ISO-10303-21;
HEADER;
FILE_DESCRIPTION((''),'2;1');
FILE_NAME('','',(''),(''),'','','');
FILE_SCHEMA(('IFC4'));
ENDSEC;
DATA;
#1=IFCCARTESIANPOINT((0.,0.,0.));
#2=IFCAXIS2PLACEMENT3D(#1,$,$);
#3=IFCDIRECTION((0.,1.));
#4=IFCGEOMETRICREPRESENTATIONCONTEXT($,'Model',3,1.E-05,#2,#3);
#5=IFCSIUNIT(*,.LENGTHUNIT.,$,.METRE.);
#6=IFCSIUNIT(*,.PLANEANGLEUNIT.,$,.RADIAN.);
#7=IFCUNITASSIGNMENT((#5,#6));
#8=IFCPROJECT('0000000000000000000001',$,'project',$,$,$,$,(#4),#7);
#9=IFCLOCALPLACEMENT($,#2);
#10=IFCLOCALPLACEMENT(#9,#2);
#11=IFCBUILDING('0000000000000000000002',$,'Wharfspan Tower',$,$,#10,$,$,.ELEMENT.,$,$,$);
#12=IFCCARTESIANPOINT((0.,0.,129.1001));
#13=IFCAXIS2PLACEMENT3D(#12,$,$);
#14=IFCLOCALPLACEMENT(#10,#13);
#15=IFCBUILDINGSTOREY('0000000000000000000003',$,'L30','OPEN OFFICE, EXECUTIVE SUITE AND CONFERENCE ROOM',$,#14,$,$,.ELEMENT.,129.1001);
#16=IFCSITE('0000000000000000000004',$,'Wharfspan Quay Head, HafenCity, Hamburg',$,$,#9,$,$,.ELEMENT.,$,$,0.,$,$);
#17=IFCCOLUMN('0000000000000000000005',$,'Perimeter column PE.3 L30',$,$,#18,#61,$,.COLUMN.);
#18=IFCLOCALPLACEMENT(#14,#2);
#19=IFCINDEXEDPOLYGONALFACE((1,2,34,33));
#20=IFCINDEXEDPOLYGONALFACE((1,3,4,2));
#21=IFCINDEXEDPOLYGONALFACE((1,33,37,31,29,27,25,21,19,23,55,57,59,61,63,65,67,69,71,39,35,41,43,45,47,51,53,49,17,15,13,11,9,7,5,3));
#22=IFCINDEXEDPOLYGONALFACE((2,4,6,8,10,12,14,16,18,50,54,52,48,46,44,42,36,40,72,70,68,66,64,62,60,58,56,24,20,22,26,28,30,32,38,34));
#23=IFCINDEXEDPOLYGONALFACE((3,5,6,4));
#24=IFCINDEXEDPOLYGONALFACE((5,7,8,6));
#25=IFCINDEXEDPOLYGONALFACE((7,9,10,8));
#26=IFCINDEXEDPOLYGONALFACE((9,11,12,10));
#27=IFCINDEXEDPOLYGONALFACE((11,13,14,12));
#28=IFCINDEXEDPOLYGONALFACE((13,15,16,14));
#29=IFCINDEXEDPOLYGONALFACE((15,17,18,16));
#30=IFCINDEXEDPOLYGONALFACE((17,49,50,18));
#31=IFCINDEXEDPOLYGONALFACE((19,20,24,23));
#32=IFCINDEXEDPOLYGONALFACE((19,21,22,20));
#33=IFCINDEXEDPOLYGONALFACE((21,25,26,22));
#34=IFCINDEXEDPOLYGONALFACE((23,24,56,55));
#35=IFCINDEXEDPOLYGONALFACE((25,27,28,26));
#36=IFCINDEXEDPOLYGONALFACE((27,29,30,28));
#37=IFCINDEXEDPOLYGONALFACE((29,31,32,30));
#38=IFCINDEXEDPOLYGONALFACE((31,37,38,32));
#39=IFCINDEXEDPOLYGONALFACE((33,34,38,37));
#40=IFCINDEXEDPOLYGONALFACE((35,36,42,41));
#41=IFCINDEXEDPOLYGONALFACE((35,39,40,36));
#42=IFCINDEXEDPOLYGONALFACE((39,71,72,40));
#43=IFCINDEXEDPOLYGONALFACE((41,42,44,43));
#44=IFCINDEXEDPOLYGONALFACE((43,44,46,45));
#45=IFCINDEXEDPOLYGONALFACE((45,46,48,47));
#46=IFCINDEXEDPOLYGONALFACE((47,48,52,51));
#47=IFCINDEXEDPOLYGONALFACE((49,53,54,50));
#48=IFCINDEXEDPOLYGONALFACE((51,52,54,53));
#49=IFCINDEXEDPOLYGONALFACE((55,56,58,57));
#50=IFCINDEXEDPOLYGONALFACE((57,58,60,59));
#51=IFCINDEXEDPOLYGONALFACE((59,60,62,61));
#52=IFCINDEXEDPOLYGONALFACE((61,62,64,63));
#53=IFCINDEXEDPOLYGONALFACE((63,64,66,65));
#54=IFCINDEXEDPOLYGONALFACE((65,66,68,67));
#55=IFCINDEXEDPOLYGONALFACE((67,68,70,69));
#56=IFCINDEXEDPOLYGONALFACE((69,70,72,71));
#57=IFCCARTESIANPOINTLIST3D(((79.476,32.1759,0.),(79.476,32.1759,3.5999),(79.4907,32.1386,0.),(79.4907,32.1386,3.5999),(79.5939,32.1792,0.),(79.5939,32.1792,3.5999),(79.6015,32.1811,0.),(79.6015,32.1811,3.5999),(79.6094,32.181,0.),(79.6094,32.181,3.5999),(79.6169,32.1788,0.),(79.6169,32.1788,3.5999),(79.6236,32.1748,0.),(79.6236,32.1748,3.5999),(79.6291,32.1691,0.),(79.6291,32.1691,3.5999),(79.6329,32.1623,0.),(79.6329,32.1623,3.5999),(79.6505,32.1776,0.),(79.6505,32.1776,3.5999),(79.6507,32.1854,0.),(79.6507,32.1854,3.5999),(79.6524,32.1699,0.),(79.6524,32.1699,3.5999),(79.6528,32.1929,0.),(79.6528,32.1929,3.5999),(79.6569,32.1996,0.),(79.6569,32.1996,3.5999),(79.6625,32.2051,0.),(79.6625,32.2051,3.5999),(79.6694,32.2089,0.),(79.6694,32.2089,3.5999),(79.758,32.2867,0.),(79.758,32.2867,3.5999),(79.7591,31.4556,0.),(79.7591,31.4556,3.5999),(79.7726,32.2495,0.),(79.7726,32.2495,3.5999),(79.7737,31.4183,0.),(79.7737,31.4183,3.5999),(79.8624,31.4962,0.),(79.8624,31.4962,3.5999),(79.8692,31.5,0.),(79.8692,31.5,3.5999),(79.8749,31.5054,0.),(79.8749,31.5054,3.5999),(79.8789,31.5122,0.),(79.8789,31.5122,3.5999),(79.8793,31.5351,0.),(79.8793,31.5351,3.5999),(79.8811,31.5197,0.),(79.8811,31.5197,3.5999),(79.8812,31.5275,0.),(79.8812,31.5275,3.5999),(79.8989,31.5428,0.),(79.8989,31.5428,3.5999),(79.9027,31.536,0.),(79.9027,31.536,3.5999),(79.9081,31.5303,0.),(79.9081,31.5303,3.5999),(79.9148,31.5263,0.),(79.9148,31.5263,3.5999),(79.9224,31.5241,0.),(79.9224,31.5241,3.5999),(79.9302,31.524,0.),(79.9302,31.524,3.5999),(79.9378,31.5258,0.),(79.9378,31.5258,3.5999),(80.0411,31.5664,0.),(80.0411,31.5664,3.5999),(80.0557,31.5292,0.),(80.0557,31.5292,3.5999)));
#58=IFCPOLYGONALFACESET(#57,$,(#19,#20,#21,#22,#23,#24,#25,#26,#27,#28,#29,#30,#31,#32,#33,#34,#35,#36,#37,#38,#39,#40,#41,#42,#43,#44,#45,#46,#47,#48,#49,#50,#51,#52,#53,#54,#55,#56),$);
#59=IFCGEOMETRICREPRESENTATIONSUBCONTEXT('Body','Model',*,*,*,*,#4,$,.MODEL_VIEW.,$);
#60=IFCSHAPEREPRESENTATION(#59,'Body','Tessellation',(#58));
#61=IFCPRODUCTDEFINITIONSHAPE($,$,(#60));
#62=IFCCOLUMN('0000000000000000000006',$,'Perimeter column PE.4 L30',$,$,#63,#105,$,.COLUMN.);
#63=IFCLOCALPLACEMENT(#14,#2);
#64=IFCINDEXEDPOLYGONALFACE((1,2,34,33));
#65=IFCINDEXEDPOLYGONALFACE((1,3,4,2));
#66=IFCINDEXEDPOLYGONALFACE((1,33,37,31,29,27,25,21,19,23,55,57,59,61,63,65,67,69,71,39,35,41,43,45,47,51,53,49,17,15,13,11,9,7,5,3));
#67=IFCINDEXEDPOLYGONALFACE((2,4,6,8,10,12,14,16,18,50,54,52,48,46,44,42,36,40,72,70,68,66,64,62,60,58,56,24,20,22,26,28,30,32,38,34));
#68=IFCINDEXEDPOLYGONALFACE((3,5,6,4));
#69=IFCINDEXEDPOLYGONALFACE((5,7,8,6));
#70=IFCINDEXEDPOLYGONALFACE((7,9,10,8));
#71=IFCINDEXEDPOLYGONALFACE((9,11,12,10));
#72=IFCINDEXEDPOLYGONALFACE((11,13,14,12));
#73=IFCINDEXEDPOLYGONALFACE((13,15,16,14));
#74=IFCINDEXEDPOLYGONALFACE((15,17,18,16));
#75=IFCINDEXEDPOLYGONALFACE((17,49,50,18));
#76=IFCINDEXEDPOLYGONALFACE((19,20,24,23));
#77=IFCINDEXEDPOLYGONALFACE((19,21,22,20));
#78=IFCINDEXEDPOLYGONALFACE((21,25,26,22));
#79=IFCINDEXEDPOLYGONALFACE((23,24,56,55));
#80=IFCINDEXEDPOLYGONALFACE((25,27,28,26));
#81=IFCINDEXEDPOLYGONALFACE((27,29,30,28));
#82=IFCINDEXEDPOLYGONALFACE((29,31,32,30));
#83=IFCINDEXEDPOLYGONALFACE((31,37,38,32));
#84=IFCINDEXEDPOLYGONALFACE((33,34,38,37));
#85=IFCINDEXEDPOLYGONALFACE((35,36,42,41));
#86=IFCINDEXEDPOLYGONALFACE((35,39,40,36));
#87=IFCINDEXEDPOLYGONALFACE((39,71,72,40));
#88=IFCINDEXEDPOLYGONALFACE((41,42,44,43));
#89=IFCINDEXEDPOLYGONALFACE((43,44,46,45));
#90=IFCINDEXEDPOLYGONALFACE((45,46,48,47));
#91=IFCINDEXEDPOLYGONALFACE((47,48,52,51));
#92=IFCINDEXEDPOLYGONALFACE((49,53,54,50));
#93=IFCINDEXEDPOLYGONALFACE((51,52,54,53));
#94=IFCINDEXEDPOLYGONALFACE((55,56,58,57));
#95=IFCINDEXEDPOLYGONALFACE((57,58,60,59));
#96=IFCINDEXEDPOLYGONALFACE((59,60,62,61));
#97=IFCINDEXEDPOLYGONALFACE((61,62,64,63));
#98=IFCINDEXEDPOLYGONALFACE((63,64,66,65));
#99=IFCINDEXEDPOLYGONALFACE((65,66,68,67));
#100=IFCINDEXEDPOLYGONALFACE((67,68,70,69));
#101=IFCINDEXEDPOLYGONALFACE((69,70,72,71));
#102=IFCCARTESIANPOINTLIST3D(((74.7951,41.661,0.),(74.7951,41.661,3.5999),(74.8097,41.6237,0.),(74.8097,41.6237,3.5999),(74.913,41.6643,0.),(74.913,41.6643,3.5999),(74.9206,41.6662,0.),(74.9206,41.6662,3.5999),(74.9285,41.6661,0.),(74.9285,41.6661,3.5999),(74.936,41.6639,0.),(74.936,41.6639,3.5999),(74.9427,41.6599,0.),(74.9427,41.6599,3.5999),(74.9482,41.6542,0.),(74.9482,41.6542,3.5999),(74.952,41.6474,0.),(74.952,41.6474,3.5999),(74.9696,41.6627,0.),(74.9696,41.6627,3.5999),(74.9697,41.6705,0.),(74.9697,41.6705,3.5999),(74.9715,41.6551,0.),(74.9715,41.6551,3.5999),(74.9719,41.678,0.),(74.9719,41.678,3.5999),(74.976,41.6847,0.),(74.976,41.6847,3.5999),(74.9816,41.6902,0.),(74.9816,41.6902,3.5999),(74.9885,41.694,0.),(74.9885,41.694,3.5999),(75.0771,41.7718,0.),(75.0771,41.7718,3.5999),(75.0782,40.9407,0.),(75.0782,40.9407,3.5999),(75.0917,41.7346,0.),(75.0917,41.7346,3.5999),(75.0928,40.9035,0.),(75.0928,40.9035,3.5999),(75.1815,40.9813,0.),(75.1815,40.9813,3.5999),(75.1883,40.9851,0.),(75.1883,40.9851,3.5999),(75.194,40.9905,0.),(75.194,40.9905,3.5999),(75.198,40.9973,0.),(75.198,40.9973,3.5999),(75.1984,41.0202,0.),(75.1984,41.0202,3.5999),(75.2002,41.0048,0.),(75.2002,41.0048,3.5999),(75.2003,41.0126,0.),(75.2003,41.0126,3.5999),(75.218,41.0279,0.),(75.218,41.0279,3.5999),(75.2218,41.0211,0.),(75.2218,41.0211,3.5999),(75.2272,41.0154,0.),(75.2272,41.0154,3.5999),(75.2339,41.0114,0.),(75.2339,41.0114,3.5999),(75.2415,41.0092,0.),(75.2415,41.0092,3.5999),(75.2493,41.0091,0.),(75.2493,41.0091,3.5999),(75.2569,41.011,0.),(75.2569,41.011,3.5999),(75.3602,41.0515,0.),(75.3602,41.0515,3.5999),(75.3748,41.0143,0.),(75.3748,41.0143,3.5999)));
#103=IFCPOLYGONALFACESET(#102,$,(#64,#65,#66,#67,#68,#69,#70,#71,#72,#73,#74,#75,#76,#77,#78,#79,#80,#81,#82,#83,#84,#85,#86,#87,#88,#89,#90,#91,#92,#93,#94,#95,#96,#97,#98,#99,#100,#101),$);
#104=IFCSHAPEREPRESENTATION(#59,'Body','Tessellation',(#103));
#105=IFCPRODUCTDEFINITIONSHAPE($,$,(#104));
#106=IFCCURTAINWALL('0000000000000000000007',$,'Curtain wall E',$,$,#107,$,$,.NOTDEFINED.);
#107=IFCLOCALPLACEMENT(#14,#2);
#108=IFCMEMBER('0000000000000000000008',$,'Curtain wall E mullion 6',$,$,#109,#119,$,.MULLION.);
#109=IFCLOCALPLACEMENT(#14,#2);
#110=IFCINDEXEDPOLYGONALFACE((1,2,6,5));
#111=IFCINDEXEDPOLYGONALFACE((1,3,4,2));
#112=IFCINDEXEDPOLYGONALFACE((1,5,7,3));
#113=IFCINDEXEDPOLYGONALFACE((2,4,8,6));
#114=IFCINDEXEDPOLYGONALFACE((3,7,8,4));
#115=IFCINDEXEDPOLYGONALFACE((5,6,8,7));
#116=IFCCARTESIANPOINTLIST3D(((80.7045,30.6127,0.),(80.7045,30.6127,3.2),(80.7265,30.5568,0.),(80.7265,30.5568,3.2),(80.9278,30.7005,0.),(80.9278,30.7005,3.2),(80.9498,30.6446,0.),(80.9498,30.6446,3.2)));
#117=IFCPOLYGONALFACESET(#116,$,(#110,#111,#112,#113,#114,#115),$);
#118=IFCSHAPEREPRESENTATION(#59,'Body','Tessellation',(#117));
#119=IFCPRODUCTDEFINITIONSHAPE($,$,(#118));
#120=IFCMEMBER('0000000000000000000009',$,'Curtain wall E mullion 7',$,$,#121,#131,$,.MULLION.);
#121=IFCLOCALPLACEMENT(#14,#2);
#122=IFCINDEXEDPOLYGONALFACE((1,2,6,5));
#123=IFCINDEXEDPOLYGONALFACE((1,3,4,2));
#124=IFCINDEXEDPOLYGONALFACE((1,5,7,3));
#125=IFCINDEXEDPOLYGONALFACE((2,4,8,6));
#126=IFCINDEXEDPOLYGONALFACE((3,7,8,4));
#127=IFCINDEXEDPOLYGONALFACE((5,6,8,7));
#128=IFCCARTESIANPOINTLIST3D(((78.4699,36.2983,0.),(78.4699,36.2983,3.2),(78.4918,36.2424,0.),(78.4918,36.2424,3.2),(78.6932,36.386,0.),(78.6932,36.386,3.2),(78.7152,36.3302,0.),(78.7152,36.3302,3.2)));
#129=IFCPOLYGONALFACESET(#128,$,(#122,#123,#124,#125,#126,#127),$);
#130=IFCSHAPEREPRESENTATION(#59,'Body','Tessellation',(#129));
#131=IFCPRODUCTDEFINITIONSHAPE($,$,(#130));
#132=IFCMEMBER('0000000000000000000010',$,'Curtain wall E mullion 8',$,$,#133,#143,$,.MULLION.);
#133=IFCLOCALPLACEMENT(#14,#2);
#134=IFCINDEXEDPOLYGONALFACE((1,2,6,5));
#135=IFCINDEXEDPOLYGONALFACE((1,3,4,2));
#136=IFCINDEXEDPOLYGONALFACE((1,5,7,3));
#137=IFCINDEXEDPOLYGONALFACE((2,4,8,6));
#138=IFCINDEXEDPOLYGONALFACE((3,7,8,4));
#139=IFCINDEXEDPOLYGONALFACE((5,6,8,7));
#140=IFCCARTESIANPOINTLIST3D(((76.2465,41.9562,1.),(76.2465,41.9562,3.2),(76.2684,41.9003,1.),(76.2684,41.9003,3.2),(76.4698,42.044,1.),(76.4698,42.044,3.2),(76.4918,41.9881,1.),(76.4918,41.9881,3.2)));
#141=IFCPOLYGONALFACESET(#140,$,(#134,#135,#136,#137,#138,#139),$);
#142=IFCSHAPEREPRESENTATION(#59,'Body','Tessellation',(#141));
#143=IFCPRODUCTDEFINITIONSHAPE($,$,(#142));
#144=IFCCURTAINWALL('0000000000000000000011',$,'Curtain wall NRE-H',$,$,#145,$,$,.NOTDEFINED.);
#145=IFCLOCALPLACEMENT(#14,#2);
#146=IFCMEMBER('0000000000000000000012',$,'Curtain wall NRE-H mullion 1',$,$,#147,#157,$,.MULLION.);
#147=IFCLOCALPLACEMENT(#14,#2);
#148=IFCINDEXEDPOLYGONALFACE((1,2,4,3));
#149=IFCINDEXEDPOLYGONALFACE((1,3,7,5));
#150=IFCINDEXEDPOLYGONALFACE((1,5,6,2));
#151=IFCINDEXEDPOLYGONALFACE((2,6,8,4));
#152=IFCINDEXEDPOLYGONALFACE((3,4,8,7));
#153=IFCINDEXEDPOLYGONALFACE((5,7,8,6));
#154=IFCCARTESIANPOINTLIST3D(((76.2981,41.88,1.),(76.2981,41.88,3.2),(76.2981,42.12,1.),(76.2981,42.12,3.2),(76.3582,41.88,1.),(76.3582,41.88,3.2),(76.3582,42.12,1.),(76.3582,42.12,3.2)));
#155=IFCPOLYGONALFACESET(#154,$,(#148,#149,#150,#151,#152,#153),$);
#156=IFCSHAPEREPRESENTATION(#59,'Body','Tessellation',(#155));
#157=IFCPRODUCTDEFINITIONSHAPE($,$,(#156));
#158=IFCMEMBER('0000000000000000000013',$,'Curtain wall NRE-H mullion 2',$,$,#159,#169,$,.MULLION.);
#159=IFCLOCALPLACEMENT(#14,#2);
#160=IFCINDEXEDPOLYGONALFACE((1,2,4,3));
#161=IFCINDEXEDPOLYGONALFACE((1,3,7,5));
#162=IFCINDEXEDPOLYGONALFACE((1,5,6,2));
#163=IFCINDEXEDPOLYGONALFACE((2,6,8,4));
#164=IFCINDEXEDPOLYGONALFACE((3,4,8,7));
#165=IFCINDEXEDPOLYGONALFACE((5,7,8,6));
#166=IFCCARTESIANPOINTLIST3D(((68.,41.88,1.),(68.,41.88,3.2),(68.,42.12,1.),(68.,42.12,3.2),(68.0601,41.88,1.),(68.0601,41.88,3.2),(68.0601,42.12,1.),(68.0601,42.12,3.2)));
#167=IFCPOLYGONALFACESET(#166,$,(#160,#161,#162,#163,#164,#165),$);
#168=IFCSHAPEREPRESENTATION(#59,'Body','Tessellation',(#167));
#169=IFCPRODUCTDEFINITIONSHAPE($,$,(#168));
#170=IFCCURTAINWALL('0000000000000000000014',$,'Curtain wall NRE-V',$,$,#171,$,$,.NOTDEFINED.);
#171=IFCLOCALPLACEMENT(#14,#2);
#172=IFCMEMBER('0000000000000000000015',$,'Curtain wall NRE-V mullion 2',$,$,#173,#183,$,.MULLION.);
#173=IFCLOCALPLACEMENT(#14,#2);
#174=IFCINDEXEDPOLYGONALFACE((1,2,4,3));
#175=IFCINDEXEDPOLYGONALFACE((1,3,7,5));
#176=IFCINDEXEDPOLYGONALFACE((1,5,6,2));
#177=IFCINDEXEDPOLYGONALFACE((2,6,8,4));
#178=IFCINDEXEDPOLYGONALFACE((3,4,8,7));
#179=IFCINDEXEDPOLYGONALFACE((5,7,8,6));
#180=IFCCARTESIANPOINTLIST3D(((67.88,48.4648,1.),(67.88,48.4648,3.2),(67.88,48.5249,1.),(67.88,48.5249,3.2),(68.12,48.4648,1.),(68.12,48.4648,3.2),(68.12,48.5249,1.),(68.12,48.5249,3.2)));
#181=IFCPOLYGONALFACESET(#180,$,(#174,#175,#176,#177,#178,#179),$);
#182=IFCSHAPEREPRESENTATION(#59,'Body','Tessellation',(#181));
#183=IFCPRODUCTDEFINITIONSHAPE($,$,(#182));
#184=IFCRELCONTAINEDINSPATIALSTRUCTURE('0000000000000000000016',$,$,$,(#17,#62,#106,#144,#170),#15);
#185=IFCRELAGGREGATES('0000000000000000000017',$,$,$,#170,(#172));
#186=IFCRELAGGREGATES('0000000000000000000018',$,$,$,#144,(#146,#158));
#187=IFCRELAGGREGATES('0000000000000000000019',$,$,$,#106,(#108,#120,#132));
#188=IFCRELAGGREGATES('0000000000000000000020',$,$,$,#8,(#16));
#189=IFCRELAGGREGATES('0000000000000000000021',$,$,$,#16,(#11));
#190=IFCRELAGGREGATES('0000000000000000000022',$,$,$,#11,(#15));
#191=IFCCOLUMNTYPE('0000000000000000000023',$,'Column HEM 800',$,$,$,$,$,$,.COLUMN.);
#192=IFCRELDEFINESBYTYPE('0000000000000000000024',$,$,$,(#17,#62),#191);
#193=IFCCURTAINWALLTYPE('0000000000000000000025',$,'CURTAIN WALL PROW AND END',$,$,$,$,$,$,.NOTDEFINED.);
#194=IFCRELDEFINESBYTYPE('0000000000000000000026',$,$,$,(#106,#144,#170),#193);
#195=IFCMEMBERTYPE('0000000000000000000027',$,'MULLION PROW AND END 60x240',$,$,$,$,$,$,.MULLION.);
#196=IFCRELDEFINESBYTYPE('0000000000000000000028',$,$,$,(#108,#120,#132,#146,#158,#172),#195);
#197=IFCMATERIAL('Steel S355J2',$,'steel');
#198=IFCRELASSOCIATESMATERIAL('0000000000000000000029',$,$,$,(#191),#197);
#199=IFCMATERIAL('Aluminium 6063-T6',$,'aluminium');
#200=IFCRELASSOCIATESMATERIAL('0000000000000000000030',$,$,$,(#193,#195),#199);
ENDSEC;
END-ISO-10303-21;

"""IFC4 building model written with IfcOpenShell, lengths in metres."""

from ifc_helpers import new_model, si_unit, direction, frame, origin, origin_2d, place, context, subcontext, project, spatial, rectangle, i_section, extrude, material, material_profile, profile_set, type_object, element, aggregate, save


model = new_model("IFC4")

# Units and contexts
model_context = context("Model", 3, precision=1e-05, world=origin(), true_north=direction((0.0, 1.0)))
body_context = subcontext(model_context, "Body", "Model", "MODEL_VIEW")
ifc_project = project(units=[si_unit("LENGTHUNIT", "METRE"), si_unit("PLANEANGLEUNIT", "RADIAN")], contexts=[model_context])

# Site, building, storey
site_placement = place(None, origin())
site = spatial("IfcSite", under=ifc_project, at=site_placement, Name="Wharfspan Quay Head, HafenCity, Hamburg", CompositionType="ELEMENT", RefElevation=0.0)
building_placement = place(site_placement, origin())
building = spatial("IfcBuilding", under=site, at=building_placement, Name="Wharfspan Tower", CompositionType="ELEMENT")
storey_placement = place(building_placement, frame((0.0, 0.0, 129.1001)))
storey = spatial("IfcBuildingStorey", under=building, at=storey_placement, Name="L30", Description="OPEN OFFICE, EXECUTIVE SUITE AND CONFERENCE ROOM", CompositionType="ELEMENT", Elevation=129.1001)

# Columns
ifc_material_1 = material(Name="Steel S355J2", Category="steel")
ifc_material_profile_1 = material_profile(ifc_material_1, i_section(OverallWidth=0.303, OverallDepth=0.814, WebThickness=0.021, FlangeThickness=0.04, FilletRadius=0.03, at=origin_2d()))
ifc_profile_set_1 = profile_set([ifc_material_profile_1], Name="Steel S355J2")
column_type = type_object("IfcColumnType", Name="Column HEM 800", PredefinedType="COLUMN", material=ifc_profile_set_1)
for number, where, z_axis, x_axis, name in (
    (1, (79.7659, 31.8525, 0.0), (0.0, 0.0, 1.0), (0.930702, 0.365778, 0.0), "Perimeter column PE.3 L30"),
    (2, (75.085, 41.3376, 0.0), (0.0, 0.0, 1.0), (0.930702, 0.365778, 0.0), "Perimeter column PE.4 L30"),
):
    element("IfcColumn", number, at=place(storey_placement, frame(where, z_axis=z_axis, x_axis=x_axis)), inside=storey, type_object=column_type, Name=name, PredefinedType="COLUMN", context=body_context, shape_type="SweptSolid", body=[
        extrude(i_section(OverallWidth=0.303, OverallDepth=0.814, WebThickness=0.021, FlangeThickness=0.04, FilletRadius=0.03, at=origin_2d()), origin(), (0.0, 0.0, 1.0), 3.5999),
    ])

# Curtain walls, members
ifc_material_2 = material(Name="Aluminium 6063-T6", Category="aluminium")
curtain_wall_type = type_object("IfcCurtainWallType", Name="CURTAIN WALL PROW AND END", PredefinedType="NOTDEFINED", material=ifc_material_2)
curtain_wall_1_placement = place(storey_placement, origin())
curtain_wall_1 = element("IfcCurtainWall", 3, at=curtain_wall_1_placement, inside=storey, type_object=curtain_wall_type, Name="Curtain wall E", PredefinedType="NOTDEFINED")
ifc_material_profile_2 = material_profile(ifc_material_2, rectangle(XDim=0.24, YDim=0.0601, at=origin_2d()))
ifc_profile_set_2 = profile_set([ifc_material_profile_2], Name="Aluminium 6063-T6")
member_type_1 = type_object("IfcMemberType", Name="MULLION PROW AND END 60x240", PredefinedType="MULLION", material=ifc_profile_set_2)
member_1_placement = place(storey_placement, frame((80.8271, 30.6287, 0.0), z_axis=(0.0, 0.0, 1.0), x_axis=(-0.930702, -0.365778, 0.0)))
member_1 = element("IfcMember", 4, at=member_1_placement, type_object=member_type_1, Name="Curtain wall E mullion 6", PredefinedType="MULLION", context=body_context, shape_type="SweptSolid", body=[
    extrude(rectangle(XDim=0.24, YDim=0.0601, at=origin_2d()), origin(), (0.0, 0.0, 1.0), 3.2),
])
member_2_placement = place(storey_placement, frame((78.5925, 36.3142, 0.0), z_axis=(0.0, 0.0, 1.0), x_axis=(-0.930702, -0.365778, 0.0)))
member_2 = element("IfcMember", 5, at=member_2_placement, type_object=member_type_1, Name="Curtain wall E mullion 7", PredefinedType="MULLION", context=body_context, shape_type="SweptSolid", body=[
    extrude(rectangle(XDim=0.24, YDim=0.0601, at=origin_2d()), origin(), (0.0, 0.0, 1.0), 3.2),
])
member_3_placement = place(storey_placement, frame((76.3691, 41.9722, 1.0), z_axis=(0.0, 0.0, 1.0), x_axis=(-0.930702, -0.365778, 0.0)))
member_3 = element("IfcMember", 6, at=member_3_placement, type_object=member_type_1, Name="Curtain wall E mullion 8", PredefinedType="MULLION", context=body_context, shape_type="SweptSolid", body=[
    extrude(rectangle(XDim=0.24, YDim=0.0601, at=origin_2d()), origin(), (0.0, 0.0, 1.0), 2.2),
])
curtain_wall_2_placement = place(storey_placement, origin())
curtain_wall_2 = element("IfcCurtainWall", 7, at=curtain_wall_2_placement, inside=storey, type_object=curtain_wall_type, Name="Curtain wall NRE-H", PredefinedType="NOTDEFINED")
member_4_placement = place(storey_placement, frame((76.3281, 42.0, 1.0), z_axis=(0.0, 0.0, 1.0), x_axis=(0.0, -1.0, 0.0)))
member_4 = element("IfcMember", 8, at=member_4_placement, type_object=member_type_1, Name="Curtain wall NRE-H mullion 1", PredefinedType="MULLION", context=body_context, shape_type="SweptSolid", body=[
    extrude(rectangle(XDim=0.24, YDim=0.0601, at=origin_2d()), origin(), (0.0, 0.0, 1.0), 2.2),
])
member_5_placement = place(storey_placement, frame((68.03, 42.0, 1.0), z_axis=(0.0, 0.0, 1.0), x_axis=(0.0, -1.0, 0.0)))
member_5 = element("IfcMember", 9, at=member_5_placement, type_object=member_type_1, Name="Curtain wall NRE-H mullion 2", PredefinedType="MULLION", context=body_context, shape_type="SweptSolid", body=[
    extrude(rectangle(XDim=0.24, YDim=0.0601, at=origin_2d()), origin(), (0.0, 0.0, 1.0), 2.2),
])

# Curtain wall, member
curtain_wall_3_placement = place(storey_placement, origin())
curtain_wall_3 = element("IfcCurtainWall", 10, at=curtain_wall_3_placement, inside=storey, type_object=curtain_wall_type, Name="Curtain wall NRE-V", PredefinedType="NOTDEFINED")
member_6_placement = place(storey_placement, frame((68.0, 48.4949, 1.0), z_axis=(0.0, 0.0, 1.0), x_axis=(-1.0, 0.0, 0.0)))
member_6 = element("IfcMember", 11, at=member_6_placement, type_object=member_type_1, Name="Curtain wall NRE-V mullion 2", PredefinedType="MULLION", context=body_context, shape_type="SweptSolid", body=[
    extrude(rectangle(XDim=0.24, YDim=0.0601, at=origin_2d()), origin(), (0.0, 0.0, 1.0), 2.2),
])
aggregate(curtain_wall_3, [member_6])

aggregate(curtain_wall_2, [member_4, member_5])
aggregate(curtain_wall_1, [member_1, member_2, member_3])

save(model, "model.ifc")
